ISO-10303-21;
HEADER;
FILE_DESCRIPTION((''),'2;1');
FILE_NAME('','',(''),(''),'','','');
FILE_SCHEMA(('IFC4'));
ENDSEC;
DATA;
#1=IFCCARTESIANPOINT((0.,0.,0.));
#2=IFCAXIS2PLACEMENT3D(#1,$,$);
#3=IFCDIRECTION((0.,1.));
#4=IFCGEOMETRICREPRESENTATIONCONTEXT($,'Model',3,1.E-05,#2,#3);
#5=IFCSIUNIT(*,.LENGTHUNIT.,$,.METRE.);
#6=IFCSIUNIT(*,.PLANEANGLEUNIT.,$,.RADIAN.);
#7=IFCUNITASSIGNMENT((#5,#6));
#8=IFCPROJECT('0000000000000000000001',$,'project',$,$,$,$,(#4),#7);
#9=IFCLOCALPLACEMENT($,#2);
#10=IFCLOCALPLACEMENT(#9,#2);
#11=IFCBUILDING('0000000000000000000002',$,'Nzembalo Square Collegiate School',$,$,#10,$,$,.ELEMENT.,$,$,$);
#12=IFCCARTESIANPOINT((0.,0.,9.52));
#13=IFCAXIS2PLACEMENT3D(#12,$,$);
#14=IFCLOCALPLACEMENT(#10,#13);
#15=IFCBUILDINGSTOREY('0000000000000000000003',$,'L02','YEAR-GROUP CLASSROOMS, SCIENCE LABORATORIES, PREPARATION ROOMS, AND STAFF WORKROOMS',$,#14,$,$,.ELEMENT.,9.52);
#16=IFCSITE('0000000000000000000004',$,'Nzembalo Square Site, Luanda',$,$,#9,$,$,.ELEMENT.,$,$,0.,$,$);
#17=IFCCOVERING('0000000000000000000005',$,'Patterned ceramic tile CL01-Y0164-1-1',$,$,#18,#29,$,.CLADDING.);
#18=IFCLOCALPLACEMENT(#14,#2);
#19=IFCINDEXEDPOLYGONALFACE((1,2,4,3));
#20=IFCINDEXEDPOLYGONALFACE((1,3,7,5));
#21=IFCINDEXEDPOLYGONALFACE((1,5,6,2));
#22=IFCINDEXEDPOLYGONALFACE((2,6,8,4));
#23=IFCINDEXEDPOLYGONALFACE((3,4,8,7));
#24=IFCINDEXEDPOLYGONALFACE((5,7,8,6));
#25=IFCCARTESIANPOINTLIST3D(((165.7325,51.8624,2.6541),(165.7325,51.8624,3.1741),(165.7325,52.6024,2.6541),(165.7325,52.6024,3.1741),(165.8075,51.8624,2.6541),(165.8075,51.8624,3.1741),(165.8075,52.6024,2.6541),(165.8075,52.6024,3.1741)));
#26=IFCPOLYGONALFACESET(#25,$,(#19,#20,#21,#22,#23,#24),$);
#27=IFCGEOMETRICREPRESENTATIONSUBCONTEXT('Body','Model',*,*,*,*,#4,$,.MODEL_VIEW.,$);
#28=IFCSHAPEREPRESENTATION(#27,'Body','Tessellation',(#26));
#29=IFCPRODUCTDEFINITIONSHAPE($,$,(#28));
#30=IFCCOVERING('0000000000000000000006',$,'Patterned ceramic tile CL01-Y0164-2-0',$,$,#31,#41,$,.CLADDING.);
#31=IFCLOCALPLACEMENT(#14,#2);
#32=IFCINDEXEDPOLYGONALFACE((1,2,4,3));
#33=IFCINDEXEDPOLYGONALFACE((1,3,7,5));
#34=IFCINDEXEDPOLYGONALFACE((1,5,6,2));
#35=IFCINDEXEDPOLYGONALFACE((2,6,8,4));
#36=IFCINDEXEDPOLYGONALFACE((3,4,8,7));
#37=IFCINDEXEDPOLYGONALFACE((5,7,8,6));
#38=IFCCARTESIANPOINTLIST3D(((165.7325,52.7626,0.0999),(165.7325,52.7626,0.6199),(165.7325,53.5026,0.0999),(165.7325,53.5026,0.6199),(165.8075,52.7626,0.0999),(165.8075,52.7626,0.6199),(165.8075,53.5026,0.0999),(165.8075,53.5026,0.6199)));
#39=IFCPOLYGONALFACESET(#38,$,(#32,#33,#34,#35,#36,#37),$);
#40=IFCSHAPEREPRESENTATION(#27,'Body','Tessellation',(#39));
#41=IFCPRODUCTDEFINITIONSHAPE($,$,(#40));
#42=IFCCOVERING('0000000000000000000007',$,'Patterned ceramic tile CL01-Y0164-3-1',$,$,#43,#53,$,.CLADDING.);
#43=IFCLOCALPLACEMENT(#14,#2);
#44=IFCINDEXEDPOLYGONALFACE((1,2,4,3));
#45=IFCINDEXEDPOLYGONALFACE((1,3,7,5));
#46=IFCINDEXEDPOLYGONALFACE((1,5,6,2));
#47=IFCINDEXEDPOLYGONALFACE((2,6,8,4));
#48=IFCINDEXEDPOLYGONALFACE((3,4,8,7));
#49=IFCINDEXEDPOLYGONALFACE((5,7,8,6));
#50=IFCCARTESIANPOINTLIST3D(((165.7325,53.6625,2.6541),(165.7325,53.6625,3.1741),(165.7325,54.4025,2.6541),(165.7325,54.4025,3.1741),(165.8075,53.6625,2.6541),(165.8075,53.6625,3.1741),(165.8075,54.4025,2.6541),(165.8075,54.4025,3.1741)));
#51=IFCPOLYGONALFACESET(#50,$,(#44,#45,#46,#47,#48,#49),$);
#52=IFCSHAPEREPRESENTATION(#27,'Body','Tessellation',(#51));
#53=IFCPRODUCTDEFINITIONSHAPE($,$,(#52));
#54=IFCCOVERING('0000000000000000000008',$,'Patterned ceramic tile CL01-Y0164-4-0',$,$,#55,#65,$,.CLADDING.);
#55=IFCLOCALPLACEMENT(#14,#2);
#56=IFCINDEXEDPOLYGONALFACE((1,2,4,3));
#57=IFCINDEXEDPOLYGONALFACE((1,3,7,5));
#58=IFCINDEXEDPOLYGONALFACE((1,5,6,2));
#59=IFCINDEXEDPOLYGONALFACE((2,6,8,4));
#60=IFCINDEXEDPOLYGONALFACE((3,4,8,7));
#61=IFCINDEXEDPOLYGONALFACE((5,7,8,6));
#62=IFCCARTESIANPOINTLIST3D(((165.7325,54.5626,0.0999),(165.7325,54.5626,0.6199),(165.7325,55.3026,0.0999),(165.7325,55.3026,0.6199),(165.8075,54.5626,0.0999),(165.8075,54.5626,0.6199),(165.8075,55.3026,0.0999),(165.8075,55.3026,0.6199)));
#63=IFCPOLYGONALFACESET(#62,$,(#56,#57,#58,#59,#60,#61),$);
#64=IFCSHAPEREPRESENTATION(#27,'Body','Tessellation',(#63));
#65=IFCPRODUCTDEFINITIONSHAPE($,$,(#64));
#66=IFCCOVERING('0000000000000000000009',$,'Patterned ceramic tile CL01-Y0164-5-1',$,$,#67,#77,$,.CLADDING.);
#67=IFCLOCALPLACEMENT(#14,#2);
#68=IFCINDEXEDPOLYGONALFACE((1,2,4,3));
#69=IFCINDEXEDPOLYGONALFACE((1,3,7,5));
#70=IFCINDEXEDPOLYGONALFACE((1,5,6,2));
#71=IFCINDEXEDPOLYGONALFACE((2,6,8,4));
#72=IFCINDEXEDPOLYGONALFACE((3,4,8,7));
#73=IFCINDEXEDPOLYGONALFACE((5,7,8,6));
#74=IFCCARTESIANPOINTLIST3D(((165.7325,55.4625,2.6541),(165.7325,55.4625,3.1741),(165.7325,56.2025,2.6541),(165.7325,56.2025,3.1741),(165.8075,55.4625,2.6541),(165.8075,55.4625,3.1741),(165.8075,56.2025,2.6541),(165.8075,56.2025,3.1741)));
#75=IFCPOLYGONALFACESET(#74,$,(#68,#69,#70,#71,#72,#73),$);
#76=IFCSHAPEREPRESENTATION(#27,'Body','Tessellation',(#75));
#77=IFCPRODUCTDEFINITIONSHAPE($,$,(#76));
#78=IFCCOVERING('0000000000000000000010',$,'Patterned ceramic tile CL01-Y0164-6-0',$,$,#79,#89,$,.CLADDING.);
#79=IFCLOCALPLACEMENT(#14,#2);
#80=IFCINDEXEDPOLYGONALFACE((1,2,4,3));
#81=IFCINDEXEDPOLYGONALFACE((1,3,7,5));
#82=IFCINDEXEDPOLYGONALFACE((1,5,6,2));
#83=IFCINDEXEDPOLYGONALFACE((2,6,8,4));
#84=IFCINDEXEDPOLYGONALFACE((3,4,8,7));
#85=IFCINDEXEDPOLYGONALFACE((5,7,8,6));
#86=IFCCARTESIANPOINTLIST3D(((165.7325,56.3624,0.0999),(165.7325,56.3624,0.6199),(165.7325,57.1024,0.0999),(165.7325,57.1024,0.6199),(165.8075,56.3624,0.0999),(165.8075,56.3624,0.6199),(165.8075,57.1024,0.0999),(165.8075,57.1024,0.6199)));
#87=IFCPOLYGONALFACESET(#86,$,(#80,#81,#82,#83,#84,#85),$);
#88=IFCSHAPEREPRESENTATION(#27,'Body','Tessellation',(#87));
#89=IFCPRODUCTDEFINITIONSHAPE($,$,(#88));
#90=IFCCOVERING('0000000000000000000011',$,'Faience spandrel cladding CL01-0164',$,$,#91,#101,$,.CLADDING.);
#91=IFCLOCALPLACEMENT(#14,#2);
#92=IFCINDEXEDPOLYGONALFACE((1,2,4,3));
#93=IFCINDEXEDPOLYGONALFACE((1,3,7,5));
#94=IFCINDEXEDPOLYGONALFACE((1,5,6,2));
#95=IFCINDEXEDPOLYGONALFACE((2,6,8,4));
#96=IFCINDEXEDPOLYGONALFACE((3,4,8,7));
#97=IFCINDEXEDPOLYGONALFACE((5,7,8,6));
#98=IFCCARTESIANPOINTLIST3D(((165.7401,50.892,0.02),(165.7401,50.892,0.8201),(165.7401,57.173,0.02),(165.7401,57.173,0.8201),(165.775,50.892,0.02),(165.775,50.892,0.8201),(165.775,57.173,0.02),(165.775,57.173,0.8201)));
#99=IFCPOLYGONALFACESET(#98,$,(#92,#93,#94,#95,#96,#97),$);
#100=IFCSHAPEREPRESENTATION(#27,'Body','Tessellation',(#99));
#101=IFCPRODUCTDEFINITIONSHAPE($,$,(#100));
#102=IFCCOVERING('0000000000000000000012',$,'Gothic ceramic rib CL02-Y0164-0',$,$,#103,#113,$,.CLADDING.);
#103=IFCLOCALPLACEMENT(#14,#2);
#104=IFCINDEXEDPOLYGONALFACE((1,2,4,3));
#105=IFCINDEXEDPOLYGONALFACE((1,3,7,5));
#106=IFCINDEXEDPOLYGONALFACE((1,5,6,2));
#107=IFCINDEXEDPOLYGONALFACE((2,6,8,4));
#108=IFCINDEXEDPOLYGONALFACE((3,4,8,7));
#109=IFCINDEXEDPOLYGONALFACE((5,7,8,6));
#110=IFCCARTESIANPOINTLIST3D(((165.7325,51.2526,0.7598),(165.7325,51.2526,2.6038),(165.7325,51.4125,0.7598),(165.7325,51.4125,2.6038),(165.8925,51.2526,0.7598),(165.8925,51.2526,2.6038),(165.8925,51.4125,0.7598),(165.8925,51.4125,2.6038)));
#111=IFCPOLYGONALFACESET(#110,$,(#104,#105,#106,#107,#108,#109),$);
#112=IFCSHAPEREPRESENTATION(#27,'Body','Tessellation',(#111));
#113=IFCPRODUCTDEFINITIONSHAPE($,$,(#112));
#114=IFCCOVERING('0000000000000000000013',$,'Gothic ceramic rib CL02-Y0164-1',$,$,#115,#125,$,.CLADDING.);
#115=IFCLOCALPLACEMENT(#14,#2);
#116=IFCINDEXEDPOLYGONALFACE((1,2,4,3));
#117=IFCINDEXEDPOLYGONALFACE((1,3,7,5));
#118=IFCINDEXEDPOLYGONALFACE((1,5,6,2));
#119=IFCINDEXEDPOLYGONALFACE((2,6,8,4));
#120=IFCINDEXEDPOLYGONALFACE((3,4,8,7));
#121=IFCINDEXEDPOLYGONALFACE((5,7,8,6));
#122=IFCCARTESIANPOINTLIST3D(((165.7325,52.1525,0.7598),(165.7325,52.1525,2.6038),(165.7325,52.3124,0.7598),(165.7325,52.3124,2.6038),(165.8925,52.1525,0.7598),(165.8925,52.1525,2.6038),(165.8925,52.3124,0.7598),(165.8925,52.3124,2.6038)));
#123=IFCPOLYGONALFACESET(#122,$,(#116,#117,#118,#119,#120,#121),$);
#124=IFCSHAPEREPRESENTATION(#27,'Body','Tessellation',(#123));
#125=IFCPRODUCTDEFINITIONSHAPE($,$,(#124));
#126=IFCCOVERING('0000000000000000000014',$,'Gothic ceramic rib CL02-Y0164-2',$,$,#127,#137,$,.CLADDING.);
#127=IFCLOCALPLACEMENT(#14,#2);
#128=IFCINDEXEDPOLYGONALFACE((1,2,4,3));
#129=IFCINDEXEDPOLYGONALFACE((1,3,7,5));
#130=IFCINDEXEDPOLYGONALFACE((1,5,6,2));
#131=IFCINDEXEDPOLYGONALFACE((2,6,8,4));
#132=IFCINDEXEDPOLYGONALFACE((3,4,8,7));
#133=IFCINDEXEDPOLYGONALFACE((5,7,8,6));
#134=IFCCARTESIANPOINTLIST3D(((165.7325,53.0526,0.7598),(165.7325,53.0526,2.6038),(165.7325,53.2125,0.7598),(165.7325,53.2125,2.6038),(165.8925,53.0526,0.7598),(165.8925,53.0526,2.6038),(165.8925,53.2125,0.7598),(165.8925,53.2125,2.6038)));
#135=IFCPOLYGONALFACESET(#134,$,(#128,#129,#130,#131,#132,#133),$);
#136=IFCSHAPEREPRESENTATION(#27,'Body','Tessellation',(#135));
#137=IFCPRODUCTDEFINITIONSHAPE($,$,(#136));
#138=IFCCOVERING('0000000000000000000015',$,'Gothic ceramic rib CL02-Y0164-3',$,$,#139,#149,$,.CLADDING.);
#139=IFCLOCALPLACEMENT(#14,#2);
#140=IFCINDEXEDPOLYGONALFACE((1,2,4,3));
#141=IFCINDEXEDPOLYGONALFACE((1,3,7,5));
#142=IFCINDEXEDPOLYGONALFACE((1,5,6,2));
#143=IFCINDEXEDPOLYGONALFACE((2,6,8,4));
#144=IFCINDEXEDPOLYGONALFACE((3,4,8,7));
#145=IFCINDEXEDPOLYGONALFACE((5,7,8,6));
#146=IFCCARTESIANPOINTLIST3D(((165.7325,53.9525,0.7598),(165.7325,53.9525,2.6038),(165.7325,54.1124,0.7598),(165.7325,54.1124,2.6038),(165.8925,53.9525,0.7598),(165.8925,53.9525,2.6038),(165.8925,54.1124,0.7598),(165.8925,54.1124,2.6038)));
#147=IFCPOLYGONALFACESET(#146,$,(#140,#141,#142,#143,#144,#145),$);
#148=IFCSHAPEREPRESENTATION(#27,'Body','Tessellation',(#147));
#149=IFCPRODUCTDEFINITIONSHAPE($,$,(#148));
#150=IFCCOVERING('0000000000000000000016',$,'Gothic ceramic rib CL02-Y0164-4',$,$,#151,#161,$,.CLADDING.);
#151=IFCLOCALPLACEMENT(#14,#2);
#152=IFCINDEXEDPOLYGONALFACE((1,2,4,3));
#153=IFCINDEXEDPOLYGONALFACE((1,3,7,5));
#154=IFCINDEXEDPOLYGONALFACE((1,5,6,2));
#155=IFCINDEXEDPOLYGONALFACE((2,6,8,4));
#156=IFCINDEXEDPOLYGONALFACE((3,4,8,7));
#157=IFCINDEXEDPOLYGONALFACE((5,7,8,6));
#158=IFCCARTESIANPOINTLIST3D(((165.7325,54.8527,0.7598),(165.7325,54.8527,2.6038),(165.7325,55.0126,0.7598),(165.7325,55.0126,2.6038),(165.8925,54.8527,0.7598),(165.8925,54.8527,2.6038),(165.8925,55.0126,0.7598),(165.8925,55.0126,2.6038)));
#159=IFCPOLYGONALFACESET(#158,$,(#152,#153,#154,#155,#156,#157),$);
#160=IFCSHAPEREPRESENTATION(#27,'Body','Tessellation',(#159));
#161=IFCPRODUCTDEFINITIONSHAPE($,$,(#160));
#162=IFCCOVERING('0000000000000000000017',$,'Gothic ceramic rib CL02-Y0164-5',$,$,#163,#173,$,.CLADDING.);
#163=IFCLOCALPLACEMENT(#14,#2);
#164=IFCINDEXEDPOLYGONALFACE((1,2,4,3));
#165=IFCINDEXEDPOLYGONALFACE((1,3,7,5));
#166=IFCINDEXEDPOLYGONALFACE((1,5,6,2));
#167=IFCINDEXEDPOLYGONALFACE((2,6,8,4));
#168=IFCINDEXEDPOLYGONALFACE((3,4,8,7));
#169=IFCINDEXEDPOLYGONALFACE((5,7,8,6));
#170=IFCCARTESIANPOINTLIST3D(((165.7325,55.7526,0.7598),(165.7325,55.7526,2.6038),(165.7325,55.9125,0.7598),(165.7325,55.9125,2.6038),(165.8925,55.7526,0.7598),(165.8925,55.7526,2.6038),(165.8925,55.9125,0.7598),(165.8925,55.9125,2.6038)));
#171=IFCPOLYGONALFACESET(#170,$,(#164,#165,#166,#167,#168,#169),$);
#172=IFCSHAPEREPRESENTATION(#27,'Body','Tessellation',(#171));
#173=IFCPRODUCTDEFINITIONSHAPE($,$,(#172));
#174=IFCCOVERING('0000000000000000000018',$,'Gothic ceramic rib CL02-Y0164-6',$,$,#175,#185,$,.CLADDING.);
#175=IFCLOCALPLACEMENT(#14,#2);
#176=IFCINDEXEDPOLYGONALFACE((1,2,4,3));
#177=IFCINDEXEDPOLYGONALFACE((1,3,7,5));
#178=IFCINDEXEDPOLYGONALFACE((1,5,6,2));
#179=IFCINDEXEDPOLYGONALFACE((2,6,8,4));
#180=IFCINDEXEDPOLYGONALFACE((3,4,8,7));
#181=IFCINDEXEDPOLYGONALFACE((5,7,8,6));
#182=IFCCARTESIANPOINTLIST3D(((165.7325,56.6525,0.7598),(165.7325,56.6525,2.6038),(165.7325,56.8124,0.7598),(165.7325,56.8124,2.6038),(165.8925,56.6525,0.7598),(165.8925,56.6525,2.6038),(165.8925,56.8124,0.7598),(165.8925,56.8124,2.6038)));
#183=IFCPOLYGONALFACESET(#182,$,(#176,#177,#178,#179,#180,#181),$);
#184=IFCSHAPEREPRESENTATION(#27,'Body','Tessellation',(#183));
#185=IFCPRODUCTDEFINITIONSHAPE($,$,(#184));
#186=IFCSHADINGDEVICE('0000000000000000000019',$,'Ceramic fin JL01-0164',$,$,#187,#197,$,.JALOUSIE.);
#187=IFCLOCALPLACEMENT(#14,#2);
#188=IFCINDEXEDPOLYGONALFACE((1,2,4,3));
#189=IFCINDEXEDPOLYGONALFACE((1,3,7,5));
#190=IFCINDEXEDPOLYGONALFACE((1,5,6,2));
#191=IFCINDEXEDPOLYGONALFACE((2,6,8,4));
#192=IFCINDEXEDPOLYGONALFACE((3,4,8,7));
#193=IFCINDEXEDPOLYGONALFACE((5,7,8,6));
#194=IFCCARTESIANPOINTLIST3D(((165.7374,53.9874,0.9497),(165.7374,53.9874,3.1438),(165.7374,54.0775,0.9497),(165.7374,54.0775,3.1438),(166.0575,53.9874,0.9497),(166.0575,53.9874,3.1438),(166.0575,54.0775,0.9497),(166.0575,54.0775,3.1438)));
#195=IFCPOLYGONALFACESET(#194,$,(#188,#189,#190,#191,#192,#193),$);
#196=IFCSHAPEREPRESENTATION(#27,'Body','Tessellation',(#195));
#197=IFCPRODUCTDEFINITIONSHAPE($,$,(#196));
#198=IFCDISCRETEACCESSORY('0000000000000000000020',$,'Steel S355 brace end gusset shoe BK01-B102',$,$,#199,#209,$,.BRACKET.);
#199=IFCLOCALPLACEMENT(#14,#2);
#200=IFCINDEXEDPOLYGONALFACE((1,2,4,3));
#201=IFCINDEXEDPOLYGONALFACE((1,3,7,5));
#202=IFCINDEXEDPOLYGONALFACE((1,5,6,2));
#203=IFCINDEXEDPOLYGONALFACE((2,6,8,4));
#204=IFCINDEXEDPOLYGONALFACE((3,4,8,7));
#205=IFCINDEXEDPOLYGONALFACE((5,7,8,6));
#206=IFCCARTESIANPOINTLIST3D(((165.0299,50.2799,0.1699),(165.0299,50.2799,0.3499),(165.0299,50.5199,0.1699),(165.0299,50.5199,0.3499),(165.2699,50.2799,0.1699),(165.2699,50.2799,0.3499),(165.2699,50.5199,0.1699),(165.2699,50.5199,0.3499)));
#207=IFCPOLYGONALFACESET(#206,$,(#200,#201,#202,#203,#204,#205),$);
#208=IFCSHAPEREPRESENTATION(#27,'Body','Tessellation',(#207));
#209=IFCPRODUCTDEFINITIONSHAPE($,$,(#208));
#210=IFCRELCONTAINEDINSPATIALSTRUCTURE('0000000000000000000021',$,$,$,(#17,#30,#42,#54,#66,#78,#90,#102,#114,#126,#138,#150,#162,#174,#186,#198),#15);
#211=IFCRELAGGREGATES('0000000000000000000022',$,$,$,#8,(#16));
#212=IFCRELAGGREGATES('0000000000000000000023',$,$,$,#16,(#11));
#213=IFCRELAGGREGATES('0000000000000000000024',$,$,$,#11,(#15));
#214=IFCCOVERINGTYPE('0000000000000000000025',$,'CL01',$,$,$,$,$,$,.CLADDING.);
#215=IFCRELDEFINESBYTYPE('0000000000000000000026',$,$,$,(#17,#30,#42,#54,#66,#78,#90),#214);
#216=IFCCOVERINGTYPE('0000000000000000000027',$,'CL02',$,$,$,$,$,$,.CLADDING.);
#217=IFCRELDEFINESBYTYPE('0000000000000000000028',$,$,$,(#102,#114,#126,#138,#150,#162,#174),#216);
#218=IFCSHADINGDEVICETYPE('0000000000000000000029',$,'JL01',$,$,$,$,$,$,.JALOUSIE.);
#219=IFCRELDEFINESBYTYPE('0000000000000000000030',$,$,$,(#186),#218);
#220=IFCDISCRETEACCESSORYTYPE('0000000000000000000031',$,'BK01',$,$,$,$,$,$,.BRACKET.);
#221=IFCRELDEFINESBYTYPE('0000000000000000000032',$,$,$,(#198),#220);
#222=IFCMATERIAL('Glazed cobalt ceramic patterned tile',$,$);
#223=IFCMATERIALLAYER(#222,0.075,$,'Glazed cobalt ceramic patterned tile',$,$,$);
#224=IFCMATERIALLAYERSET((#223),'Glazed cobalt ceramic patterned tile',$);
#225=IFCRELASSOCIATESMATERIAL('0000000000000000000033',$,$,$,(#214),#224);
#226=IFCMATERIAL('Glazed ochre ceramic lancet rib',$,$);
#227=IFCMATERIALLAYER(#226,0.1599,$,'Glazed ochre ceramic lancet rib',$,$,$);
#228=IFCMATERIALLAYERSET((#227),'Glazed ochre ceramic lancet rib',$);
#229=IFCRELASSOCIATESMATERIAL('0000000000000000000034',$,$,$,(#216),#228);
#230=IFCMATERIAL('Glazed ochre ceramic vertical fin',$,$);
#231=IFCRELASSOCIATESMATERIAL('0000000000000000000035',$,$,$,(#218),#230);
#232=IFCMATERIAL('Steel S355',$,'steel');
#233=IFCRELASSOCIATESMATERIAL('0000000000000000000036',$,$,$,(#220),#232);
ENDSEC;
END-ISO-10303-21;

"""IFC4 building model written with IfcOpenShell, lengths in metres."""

from ifc_helpers import new_model, si_unit, direction, frame, origin, origin_2d, place, context, subcontext, project, spatial, rectangle, extrude, material, layer, layer_set, type_object, element, save


model = new_model("IFC4")

# Units and contexts
model_context = context("Model", 3, precision=1e-05, world=origin(), true_north=direction((0.0, 1.0)))
body_context = subcontext(model_context, "Body", "Model", "MODEL_VIEW")
ifc_project = project(units=[si_unit("LENGTHUNIT", "METRE"), si_unit("PLANEANGLEUNIT", "RADIAN")], contexts=[model_context])

# Site, building, storey
site_placement = place(None, origin())
site = spatial("IfcSite", under=ifc_project, at=site_placement, Name="Nzembalo Square Site, Luanda", CompositionType="ELEMENT", RefElevation=0.0)
building_placement = place(site_placement, origin())
building = spatial("IfcBuilding", under=site, at=building_placement, Name="Nzembalo Square Collegiate School", CompositionType="ELEMENT")
storey_placement = place(building_placement, frame((0.0, 0.0, 9.52)))
storey = spatial("IfcBuildingStorey", under=building, at=storey_placement, Name="L02", Description="YEAR-GROUP CLASSROOMS, SCIENCE LABORATORIES, PREPARATION ROOMS, AND STAFF WORKROOMS", CompositionType="ELEMENT", Elevation=9.52)

# Coverings
ifc_material_1 = material(Name="Glazed cobalt ceramic patterned tile")
ifc_layer_1 = layer(ifc_material_1, 0.075, Name="Glazed cobalt ceramic patterned tile")
ifc_layer_set_1 = layer_set([ifc_layer_1], Name="Glazed cobalt ceramic patterned tile")
covering_type_1 = type_object("IfcCoveringType", Name="CL01", PredefinedType="CLADDING", material=ifc_layer_set_1)
for number, where, z_axis, x_axis, name in (
    (1, (165.77, 52.2324, 2.6541), (0.0, 0.0, 1.0), (1.0, 0.0, 0.0), "Patterned ceramic tile CL01-Y0164-1-1"),
    (2, (165.77, 53.1326, 0.0999), (0.0, 0.0, 1.0), (1.0, 0.0, 0.0), "Patterned ceramic tile CL01-Y0164-2-0"),
    (3, (165.77, 54.0325, 2.6541), (0.0, 0.0, 1.0), (1.0, 0.0, 0.0), "Patterned ceramic tile CL01-Y0164-3-1"),
    (4, (165.77, 54.9326, 0.0999), (0.0, 0.0, 1.0), (1.0, 0.0, 0.0), "Patterned ceramic tile CL01-Y0164-4-0"),
    (5, (165.77, 55.8325, 2.6541), (0.0, 0.0, 1.0), (1.0, 0.0, 0.0), "Patterned ceramic tile CL01-Y0164-5-1"),
    (6, (165.77, 56.7324, 0.0999), (0.0, 0.0, 1.0), (1.0, 0.0, 0.0), "Patterned ceramic tile CL01-Y0164-6-0"),
):
    element("IfcCovering", number, at=place(storey_placement, frame(where, z_axis=z_axis, x_axis=x_axis)), inside=storey, type_object=covering_type_1, Name=name, PredefinedType="CLADDING", context=body_context, shape_type="SweptSolid", body=[
        extrude(rectangle(XDim=0.075, YDim=0.74, at=origin_2d()), origin(), (0.0, 0.0, 1.0), 0.52),
    ])
covering_placement = place(storey_placement, frame((165.7576, 54.0325, 0.02), z_axis=(0.0, 0.0, 1.0), x_axis=(1.0, 0.0, 0.0)))
element("IfcCovering", 7, at=covering_placement, inside=storey, type_object=covering_type_1, Name="Faience spandrel cladding CL01-0164", PredefinedType="CLADDING", context=body_context, shape_type="SweptSolid", body=[
    extrude(rectangle(XDim=0.0349, YDim=6.281, at=origin_2d()), origin(), (0.0, 0.0, 1.0), 0.8),
])
ifc_material_2 = material(Name="Glazed ochre ceramic lancet rib")
ifc_layer_2 = layer(ifc_material_2, 0.1599, Name="Glazed ochre ceramic lancet rib")
ifc_layer_set_2 = layer_set([ifc_layer_2], Name="Glazed ochre ceramic lancet rib")
covering_type_2 = type_object("IfcCoveringType", Name="CL02", PredefinedType="CLADDING", material=ifc_layer_set_2)
for number, where, z_axis, x_axis, name in (
    (8, (165.8125, 51.3325, 0.7598), (0.0, 0.0, 1.0), (1.0, 0.0, 0.0), "Gothic ceramic rib CL02-Y0164-0"),
    (9, (165.8125, 52.2324, 0.7598), (0.0, 0.0, 1.0), (1.0, 0.0, 0.0), "Gothic ceramic rib CL02-Y0164-1"),
    (10, (165.8125, 53.1326, 0.7598), (0.0, 0.0, 1.0), (1.0, 0.0, 0.0), "Gothic ceramic rib CL02-Y0164-2"),
    (11, (165.8125, 54.0325, 0.7598), (0.0, 0.0, 1.0), (1.0, 0.0, 0.0), "Gothic ceramic rib CL02-Y0164-3"),
    (12, (165.8125, 54.9326, 0.7598), (0.0, 0.0, 1.0), (1.0, 0.0, 0.0), "Gothic ceramic rib CL02-Y0164-4"),
    (13, (165.8125, 55.8325, 0.7598), (0.0, 0.0, 1.0), (1.0, 0.0, 0.0), "Gothic ceramic rib CL02-Y0164-5"),
    (14, (165.8125, 56.7324, 0.7598), (0.0, 0.0, 1.0), (1.0, 0.0, 0.0), "Gothic ceramic rib CL02-Y0164-6"),
):
    element("IfcCovering", number, at=place(storey_placement, frame(where, z_axis=z_axis, x_axis=x_axis)), inside=storey, type_object=covering_type_2, Name=name, PredefinedType="CLADDING", context=body_context, shape_type="SweptSolid", body=[
        extrude(rectangle(XDim=0.1599, YDim=0.1599, at=origin_2d()), origin(), (0.0, 0.0, 1.0), 1.844),
    ])

# Shading device
ifc_material_3 = material(Name="Glazed ochre ceramic vertical fin")
shading_device_type = type_object("IfcShadingDeviceType", Name="JL01", PredefinedType="JALOUSIE", material=ifc_material_3)
shading_device_placement = place(storey_placement, frame((165.8975, 54.0325, 0.9497), z_axis=(0.0, 0.0, 1.0), x_axis=(1.0, 0.0, 0.0)))
element("IfcShadingDevice", 15, at=shading_device_placement, inside=storey, type_object=shading_device_type, Name="Ceramic fin JL01-0164", PredefinedType="JALOUSIE", context=body_context, shape_type="SweptSolid", body=[
    extrude(rectangle(XDim=0.3201, YDim=0.0901, at=origin_2d()), origin(), (0.0, 0.0, 1.0), 2.1941),
])

# Discrete accessory
ifc_material_4 = material(Name="Steel S355", Category="steel")
discrete_accessory_type = type_object("IfcDiscreteAccessoryType", Name="BK01", PredefinedType="BRACKET", material=ifc_material_4)
discrete_accessory_placement = place(storey_placement, frame((165.1499, 50.3999, 0.1699), z_axis=(0.0, 0.0, 1.0), x_axis=(1.0, 0.0, 0.0)))
element("IfcDiscreteAccessory", 16, at=discrete_accessory_placement, inside=storey, type_object=discrete_accessory_type, Name="Steel S355 brace end gusset shoe BK01-B102", PredefinedType="BRACKET", context=body_context, shape_type="SweptSolid", body=[
    extrude(rectangle(XDim=0.24, YDim=0.24, at=origin_2d()), origin(), (0.0, 0.0, 1.0), 0.1799),
])

save(model, "model.ifc")
